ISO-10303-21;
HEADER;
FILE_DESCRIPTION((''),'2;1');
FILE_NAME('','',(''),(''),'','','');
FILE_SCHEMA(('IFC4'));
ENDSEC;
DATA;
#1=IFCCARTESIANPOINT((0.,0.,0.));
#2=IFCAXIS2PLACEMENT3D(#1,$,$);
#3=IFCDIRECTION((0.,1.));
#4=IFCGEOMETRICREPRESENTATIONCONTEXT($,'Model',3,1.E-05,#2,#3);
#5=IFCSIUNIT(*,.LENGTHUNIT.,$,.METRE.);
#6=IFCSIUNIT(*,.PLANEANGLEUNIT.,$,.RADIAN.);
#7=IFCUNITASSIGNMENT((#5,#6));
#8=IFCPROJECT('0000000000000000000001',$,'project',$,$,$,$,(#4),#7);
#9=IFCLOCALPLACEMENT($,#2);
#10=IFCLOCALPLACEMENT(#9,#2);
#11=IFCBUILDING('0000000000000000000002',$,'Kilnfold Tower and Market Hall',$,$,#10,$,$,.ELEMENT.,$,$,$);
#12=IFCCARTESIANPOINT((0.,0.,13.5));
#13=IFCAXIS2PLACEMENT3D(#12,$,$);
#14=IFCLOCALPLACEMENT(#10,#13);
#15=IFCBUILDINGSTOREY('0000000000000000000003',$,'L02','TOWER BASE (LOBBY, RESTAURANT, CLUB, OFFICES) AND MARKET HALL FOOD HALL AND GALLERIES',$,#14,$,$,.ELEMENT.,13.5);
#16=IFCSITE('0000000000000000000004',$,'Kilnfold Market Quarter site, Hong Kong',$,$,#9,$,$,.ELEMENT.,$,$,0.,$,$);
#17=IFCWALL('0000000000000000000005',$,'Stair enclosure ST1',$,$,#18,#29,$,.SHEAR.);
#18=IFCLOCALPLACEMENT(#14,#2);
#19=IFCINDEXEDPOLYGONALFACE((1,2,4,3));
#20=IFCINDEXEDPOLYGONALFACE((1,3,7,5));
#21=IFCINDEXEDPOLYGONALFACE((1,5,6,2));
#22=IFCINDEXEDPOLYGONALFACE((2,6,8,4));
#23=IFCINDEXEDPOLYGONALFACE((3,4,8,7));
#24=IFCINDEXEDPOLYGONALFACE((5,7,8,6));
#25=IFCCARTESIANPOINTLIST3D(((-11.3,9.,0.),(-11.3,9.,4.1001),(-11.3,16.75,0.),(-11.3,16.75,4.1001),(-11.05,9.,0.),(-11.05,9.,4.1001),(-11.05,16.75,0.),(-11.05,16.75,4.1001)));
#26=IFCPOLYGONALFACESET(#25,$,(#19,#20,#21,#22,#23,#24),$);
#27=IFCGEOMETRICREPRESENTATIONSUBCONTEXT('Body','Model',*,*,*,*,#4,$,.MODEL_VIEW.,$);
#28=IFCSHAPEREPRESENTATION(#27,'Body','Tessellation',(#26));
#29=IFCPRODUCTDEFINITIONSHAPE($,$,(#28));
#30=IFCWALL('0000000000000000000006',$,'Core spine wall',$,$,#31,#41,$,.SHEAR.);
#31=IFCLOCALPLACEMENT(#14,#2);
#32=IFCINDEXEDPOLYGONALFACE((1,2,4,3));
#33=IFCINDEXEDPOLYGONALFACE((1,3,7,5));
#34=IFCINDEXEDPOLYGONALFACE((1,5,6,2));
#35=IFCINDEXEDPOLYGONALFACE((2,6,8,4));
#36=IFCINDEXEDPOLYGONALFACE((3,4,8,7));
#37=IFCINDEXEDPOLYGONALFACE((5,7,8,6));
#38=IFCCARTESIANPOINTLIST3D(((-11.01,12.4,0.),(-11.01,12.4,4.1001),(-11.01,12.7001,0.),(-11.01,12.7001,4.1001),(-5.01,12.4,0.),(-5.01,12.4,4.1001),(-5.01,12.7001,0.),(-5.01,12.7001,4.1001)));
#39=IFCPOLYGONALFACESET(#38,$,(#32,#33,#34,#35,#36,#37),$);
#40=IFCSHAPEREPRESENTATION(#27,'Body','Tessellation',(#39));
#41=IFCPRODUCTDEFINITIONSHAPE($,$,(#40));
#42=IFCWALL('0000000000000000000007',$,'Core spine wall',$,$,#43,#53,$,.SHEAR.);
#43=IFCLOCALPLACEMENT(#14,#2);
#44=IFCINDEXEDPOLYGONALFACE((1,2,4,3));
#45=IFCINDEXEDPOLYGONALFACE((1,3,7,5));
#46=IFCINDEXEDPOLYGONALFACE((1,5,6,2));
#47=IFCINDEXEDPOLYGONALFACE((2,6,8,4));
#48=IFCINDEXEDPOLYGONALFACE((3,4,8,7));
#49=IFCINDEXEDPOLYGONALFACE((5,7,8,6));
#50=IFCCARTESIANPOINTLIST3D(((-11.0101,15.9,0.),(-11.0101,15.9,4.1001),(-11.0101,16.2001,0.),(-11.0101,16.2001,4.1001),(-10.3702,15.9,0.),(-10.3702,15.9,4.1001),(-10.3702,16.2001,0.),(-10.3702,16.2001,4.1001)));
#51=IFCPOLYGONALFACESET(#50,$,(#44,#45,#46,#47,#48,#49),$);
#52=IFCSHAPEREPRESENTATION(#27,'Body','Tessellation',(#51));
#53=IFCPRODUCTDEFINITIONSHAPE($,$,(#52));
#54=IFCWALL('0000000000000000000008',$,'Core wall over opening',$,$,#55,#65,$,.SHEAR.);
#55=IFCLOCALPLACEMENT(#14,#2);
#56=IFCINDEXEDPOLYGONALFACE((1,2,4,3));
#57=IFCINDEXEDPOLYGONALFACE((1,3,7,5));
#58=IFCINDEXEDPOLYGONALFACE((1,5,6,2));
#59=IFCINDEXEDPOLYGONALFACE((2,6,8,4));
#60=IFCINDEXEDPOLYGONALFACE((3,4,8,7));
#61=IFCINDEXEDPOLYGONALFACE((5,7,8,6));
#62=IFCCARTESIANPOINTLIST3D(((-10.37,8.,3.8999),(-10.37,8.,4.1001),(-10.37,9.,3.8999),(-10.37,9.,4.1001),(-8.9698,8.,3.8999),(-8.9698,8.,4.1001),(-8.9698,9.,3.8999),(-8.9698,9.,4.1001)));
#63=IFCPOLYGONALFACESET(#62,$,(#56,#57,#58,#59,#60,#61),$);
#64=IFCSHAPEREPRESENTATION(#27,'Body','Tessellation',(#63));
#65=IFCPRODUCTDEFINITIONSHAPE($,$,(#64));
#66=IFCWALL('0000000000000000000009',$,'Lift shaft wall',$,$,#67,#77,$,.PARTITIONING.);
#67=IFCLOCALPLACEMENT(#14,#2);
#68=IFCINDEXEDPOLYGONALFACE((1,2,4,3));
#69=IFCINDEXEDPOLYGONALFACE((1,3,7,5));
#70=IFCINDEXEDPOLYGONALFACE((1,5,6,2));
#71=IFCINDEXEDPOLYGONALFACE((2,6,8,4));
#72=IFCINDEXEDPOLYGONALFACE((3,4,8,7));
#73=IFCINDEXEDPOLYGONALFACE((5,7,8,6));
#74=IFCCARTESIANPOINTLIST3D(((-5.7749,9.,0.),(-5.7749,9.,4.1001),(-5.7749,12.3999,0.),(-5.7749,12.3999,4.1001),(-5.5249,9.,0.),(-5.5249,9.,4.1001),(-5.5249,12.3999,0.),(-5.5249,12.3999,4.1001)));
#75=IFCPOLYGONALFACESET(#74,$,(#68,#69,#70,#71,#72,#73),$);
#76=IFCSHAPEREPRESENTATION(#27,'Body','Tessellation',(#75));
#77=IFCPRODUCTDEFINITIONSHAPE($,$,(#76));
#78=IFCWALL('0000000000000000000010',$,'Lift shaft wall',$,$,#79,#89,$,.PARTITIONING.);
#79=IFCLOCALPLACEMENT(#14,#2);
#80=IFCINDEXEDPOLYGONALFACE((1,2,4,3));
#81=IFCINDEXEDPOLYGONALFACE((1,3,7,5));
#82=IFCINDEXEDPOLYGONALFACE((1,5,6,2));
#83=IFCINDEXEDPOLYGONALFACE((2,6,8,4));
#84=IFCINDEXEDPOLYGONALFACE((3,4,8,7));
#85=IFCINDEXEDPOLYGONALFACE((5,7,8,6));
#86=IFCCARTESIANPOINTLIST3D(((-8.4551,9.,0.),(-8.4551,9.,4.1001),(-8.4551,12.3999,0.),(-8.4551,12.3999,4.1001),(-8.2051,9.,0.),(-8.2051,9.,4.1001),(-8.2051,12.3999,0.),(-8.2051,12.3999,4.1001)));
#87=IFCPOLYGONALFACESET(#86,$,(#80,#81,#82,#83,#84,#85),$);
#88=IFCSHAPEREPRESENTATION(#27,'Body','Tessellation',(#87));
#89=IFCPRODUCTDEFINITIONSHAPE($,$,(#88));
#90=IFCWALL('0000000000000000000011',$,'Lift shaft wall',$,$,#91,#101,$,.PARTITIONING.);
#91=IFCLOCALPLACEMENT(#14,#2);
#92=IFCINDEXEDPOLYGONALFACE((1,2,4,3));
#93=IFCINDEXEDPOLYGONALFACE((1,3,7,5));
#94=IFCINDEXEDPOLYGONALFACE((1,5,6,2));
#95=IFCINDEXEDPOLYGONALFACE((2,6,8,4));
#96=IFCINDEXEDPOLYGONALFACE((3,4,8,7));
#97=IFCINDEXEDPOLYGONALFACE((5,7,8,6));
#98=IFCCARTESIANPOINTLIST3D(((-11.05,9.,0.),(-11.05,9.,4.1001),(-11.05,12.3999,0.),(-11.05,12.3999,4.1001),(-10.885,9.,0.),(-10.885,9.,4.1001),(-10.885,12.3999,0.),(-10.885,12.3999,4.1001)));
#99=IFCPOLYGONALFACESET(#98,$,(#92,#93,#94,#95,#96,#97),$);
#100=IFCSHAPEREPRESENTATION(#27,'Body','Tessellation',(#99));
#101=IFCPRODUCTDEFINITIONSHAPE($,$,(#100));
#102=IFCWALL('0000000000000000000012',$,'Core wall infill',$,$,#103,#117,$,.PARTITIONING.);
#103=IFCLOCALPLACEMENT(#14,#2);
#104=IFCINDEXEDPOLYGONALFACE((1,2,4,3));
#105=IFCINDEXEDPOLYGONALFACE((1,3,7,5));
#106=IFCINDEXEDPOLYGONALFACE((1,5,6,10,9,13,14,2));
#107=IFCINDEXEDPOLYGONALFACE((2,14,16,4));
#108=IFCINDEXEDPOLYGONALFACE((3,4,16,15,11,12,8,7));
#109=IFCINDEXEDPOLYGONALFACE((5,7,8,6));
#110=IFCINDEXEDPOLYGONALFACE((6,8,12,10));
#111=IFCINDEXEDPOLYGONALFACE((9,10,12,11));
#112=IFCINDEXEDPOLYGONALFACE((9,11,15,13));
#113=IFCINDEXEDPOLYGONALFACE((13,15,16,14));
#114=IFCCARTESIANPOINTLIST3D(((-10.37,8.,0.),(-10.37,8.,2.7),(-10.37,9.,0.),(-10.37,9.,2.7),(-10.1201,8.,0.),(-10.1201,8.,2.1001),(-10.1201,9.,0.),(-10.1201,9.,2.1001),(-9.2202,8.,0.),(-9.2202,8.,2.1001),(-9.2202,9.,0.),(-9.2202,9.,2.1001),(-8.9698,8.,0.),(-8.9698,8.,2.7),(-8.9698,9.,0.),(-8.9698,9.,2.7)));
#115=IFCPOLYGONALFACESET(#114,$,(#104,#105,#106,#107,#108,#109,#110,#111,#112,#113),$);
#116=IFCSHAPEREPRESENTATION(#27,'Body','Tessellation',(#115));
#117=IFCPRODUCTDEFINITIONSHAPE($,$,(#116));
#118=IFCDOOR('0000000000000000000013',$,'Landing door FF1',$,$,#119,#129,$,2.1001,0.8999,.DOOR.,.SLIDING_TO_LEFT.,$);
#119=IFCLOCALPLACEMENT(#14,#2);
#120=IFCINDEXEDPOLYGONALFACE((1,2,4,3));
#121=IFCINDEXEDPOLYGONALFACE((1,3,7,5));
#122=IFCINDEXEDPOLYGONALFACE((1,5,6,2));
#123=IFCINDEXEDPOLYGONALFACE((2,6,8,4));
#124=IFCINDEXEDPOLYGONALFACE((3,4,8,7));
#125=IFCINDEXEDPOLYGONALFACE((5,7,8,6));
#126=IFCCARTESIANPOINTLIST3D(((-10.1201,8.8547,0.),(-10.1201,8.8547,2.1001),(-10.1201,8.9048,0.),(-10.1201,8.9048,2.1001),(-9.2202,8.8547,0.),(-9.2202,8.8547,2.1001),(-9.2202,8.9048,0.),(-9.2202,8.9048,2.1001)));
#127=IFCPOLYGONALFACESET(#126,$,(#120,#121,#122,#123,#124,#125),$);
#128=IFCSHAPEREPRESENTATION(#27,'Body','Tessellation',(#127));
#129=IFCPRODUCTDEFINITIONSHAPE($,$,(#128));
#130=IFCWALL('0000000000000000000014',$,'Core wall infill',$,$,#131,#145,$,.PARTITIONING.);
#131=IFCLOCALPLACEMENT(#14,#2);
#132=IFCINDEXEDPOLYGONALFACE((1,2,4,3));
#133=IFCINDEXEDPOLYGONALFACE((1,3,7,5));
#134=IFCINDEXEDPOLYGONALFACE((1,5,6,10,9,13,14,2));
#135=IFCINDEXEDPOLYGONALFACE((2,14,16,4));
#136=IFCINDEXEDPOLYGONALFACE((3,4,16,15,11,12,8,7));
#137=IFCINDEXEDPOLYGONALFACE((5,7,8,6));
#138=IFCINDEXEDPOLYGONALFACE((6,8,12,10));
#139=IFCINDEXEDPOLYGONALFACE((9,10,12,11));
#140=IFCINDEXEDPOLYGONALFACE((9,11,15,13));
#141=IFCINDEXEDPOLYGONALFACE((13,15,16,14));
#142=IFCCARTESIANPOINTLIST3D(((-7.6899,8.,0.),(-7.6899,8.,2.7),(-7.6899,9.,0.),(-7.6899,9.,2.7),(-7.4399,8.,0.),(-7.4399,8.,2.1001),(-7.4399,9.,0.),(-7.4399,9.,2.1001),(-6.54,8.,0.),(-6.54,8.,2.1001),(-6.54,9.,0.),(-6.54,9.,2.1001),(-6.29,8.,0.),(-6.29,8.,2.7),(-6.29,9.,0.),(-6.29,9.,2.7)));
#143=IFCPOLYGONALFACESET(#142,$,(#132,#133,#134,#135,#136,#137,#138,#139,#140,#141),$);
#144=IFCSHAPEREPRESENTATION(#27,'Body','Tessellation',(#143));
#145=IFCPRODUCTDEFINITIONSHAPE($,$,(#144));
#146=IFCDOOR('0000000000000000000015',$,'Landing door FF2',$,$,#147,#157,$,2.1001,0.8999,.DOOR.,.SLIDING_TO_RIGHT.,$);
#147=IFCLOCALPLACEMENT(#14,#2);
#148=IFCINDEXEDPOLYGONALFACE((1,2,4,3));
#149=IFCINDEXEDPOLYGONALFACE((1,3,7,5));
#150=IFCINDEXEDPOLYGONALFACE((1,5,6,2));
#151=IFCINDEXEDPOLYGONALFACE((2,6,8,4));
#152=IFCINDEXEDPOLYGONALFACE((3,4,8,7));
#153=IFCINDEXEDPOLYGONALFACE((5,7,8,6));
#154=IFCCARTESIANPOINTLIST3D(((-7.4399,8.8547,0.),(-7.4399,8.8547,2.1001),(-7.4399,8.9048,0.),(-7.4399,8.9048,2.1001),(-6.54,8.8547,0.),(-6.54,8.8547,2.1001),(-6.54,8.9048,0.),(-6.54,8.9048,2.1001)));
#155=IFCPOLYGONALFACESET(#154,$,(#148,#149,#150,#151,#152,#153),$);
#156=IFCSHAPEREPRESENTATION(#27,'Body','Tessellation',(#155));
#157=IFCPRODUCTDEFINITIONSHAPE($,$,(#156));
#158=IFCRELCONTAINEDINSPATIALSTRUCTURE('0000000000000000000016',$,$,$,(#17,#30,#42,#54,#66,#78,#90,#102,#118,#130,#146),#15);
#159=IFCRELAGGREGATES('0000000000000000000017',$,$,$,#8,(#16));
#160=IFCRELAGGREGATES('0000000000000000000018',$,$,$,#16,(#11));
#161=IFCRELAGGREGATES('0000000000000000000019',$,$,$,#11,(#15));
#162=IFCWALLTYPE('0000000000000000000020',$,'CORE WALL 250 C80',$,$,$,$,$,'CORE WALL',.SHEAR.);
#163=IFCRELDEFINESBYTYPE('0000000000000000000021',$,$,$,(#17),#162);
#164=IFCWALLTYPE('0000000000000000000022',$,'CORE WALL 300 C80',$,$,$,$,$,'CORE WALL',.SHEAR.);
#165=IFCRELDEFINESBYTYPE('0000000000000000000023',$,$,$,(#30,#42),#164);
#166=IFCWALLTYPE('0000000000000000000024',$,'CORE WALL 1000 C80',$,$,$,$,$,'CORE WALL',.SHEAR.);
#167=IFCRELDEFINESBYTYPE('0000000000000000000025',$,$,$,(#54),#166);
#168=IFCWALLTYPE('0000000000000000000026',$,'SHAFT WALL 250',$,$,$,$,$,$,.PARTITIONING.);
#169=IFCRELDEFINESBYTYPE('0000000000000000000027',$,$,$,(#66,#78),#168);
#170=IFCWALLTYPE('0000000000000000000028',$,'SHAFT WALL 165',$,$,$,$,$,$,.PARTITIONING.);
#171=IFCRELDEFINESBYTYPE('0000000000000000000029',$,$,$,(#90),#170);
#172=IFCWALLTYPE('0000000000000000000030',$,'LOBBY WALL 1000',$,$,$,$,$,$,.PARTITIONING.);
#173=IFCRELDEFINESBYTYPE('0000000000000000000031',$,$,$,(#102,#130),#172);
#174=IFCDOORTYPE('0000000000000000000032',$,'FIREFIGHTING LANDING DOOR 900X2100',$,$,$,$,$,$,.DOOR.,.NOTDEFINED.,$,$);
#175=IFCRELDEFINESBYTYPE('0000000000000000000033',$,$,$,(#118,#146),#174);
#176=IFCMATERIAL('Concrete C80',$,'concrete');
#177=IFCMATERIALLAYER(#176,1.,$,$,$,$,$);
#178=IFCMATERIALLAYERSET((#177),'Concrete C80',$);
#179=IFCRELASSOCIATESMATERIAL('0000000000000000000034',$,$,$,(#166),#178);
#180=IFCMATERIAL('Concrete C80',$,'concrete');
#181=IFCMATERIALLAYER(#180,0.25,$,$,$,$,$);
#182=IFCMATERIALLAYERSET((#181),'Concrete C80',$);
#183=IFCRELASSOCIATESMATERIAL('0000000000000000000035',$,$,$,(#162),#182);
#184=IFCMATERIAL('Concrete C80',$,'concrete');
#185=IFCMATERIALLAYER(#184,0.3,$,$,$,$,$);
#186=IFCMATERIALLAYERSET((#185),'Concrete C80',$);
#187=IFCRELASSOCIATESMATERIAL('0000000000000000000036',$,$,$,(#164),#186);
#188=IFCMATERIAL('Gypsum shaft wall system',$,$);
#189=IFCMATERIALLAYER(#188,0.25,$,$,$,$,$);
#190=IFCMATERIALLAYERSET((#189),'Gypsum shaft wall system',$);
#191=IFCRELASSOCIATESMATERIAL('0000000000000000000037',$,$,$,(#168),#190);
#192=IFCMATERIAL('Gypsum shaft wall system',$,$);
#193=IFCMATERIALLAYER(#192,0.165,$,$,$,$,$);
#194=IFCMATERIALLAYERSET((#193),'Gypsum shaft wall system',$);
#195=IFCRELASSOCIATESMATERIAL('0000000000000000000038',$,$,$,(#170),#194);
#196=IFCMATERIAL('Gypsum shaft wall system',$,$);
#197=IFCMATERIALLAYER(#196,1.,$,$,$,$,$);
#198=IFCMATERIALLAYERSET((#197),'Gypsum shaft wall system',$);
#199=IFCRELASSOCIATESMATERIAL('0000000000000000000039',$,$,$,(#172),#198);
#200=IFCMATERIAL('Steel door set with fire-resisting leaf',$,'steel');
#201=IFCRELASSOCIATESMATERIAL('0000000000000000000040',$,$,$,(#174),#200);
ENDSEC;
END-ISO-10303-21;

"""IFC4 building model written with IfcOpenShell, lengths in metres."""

from ifc_helpers import new_model, si_unit, direction, frame, frame_2d, origin, place, context, subcontext, project, spatial, rectangle, extrude, source, transform, mapped, material, layer, layer_set, type_object, element, fill, save


model = new_model("IFC4")

# Units and contexts
model_context = context("Model", 3, precision=1e-05, world=origin(), true_north=direction((0.0, 1.0)))
body_context = subcontext(model_context, "Body", "Model", "MODEL_VIEW")
ifc_project = project(units=[si_unit("LENGTHUNIT", "METRE"), si_unit("PLANEANGLEUNIT", "RADIAN")], contexts=[model_context])

# Site, building, storey
site_placement = place(None, origin())
site = spatial("IfcSite", under=ifc_project, at=site_placement, Name="Kilnfold Market Quarter site, Hong Kong", CompositionType="ELEMENT", RefElevation=0.0)
building_placement = place(site_placement, origin())
building = spatial("IfcBuilding", under=site, at=building_placement, Name="Kilnfold Tower and Market Hall", CompositionType="ELEMENT")
storey_placement = place(building_placement, frame((0.0, 0.0, 13.5)))
storey = spatial("IfcBuildingStorey", under=building, at=storey_placement, Name="L02", Description="TOWER BASE (LOBBY, RESTAURANT, CLUB, OFFICES) AND MARKET HALL FOOD HALL AND GALLERIES", CompositionType="ELEMENT", Elevation=13.5)

# Shared definitions
ifc_material_1 = material(Name="Concrete C80", Category="concrete")
ifc_layer_1 = layer(ifc_material_1, 1.0)
ifc_layer_set_1 = layer_set([ifc_layer_1], Name="Concrete C80")
wall_type_1 = type_object("IfcWallType", Name="CORE WALL 1000 C80", ElementType="CORE WALL", PredefinedType="SHEAR", material=ifc_layer_set_1)

# Walls
ifc_material_2 = material(Name="Concrete C80", Category="concrete")
ifc_layer_2 = layer(ifc_material_2, 0.25)
ifc_layer_set_2 = layer_set([ifc_layer_2], Name="Concrete C80")
wall_type_2 = type_object("IfcWallType", Name="CORE WALL 250 C80", ElementType="CORE WALL", PredefinedType="SHEAR", material=ifc_layer_set_2)
shared_shape_1 = source(origin(), body_context, "Body", "SweptSolid", [
    extrude(rectangle(XDim=7.75, YDim=0.25, at=frame_2d((3.875, 0.0))), origin(), (0.0, 0.0, 1.0), 4.1001),
])
wall_1_placement = place(storey_placement, frame((-11.175, 9.0, 0.0), z_axis=(0.0, 0.0, 1.0), x_axis=(0.0, 1.0, 0.0)))
element("IfcWall", 1, at=wall_1_placement, inside=storey, type_object=wall_type_2, Name="Stair enclosure ST1", PredefinedType="SHEAR", context=body_context, shape_type="MappedRepresentation", body=[
    mapped(shared_shape_1, transform((0.0, 0.0, 0.0))),
])
ifc_material_3 = material(Name="Concrete C80", Category="concrete")
ifc_layer_3 = layer(ifc_material_3, 0.3)
ifc_layer_set_3 = layer_set([ifc_layer_3], Name="Concrete C80")
wall_type_3 = type_object("IfcWallType", Name="CORE WALL 300 C80", ElementType="CORE WALL", PredefinedType="SHEAR", material=ifc_layer_set_3)
shared_shape_2 = source(origin(), body_context, "Body", "SweptSolid", [
    extrude(rectangle(XDim=6.0, YDim=0.3, at=frame_2d((3.0, 0.0))), origin(), (0.0, 0.0, 1.0), 4.1001),
])
wall_2_placement = place(storey_placement, frame((-11.01, 12.55, 0.0), z_axis=(0.0, 0.0, 1.0), x_axis=(1.0, 0.0, 0.0)))
element("IfcWall", 2, at=wall_2_placement, inside=storey, type_object=wall_type_3, Name="Core spine wall", PredefinedType="SHEAR", context=body_context, shape_type="MappedRepresentation", body=[
    mapped(shared_shape_2, transform((0.0, 0.0, 0.0))),
])
shared_shape_3 = source(origin(), body_context, "Body", "SweptSolid", [
    extrude(rectangle(XDim=0.6399, YDim=0.3, at=frame_2d((0.3198, 0.0))), origin(), (0.0, 0.0, 1.0), 4.1001),
])
wall_3_placement = place(storey_placement, frame((-11.01, 16.05, 0.0), z_axis=(0.0, 0.0, 1.0), x_axis=(1.0, 0.0, 0.0)))
element("IfcWall", 3, at=wall_3_placement, inside=storey, type_object=wall_type_3, Name="Core spine wall", PredefinedType="SHEAR", context=body_context, shape_type="MappedRepresentation", body=[
    mapped(shared_shape_3, transform((0.0, 0.0, 0.0))),
])
shared_shape_4 = source(origin(), body_context, "Body", "SweptSolid", [
    extrude(rectangle(XDim=1.4001, YDim=1.0, at=frame_2d((0.7002, 0.0))), origin(), (0.0, 0.0, 1.0), 0.2002),
])
wall_4_placement = place(storey_placement, frame((-10.3701, 8.5, 3.8999), z_axis=(0.0, 0.0, 1.0), x_axis=(1.0, 0.0, 0.0)))
element("IfcWall", 4, at=wall_4_placement, inside=storey, type_object=wall_type_1, Name="Core wall over opening", PredefinedType="SHEAR", context=body_context, shape_type="MappedRepresentation", body=[
    mapped(shared_shape_4, transform((0.0, 0.0, 0.0))),
])
ifc_material_4 = material(Name="Gypsum shaft wall system")
ifc_layer_4 = layer(ifc_material_4, 0.25)
ifc_layer_set_4 = layer_set([ifc_layer_4], Name="Gypsum shaft wall system")
wall_type_4 = type_object("IfcWallType", Name="SHAFT WALL 250", PredefinedType="PARTITIONING", material=ifc_layer_set_4)
shared_shape_5 = source(origin(), body_context, "Body", "SweptSolid", [
    extrude(rectangle(XDim=3.3999, YDim=0.25, at=frame_2d((1.7, 0.0))), origin(), (0.0, 0.0, 1.0), 4.1001),
])
for number, where, z_axis, x_axis, name in (
    (5, (-5.6499, 9.0, 0.0), (0.0, 0.0, 1.0), (0.0, 1.0, 0.0), "Lift shaft wall"),
    (6, (-8.3301, 9.0, 0.0), (0.0, 0.0, 1.0), (0.0, 1.0, 0.0), "Lift shaft wall"),
):
    element("IfcWall", number, at=place(storey_placement, frame(where, z_axis=z_axis, x_axis=x_axis)), inside=storey, type_object=wall_type_4, Name=name, PredefinedType="PARTITIONING", context=body_context, shape_type="MappedRepresentation", body=[
        mapped(shared_shape_5, transform((0.0, 0.0, 0.0))),
    ])
ifc_material_5 = material(Name="Gypsum shaft wall system")
ifc_layer_5 = layer(ifc_material_5, 0.165)
ifc_layer_set_5 = layer_set([ifc_layer_5], Name="Gypsum shaft wall system")
wall_type_5 = type_object("IfcWallType", Name="SHAFT WALL 165", PredefinedType="PARTITIONING", material=ifc_layer_set_5)
shared_shape_6 = source(origin(), body_context, "Body", "SweptSolid", [
    extrude(rectangle(XDim=3.3999, YDim=0.165, at=frame_2d((1.7, 0.0))), origin(), (0.0, 0.0, 1.0), 4.1001),
])
wall_5_placement = place(storey_placement, frame((-10.9675, 9.0, 0.0), z_axis=(0.0, 0.0, 1.0), x_axis=(0.0, 1.0, 0.0)))
element("IfcWall", 7, at=wall_5_placement, inside=storey, type_object=wall_type_5, Name="Lift shaft wall", PredefinedType="PARTITIONING", context=body_context, shape_type="MappedRepresentation", body=[
    mapped(shared_shape_6, transform((0.0, 0.0, 0.0))),
])

# Walls, openings, doors
ifc_material_6 = material(Name="Gypsum shaft wall system")
ifc_layer_6 = layer(ifc_material_6, 1.0)
ifc_layer_set_6 = layer_set([ifc_layer_6], Name="Gypsum shaft wall system")
wall_type_6 = type_object("IfcWallType", Name="LOBBY WALL 1000", PredefinedType="PARTITIONING", material=ifc_layer_set_6)
shared_shape_7 = source(origin(), body_context, "Body", "SweptSolid", [
    extrude(rectangle(XDim=1.4001, YDim=1.0, at=frame_2d((0.7002, 0.0))), origin(), (0.0, 0.0, 1.0), 2.7),
])
wall_6_placement = place(storey_placement, frame((-10.3701, 8.5, 0.0), z_axis=(0.0, 0.0, 1.0), x_axis=(1.0, 0.0, 0.0)))
wall_6 = element("IfcWall", 8, at=wall_6_placement, inside=storey, type_object=wall_type_6, Name="Core wall infill", PredefinedType="PARTITIONING", context=body_context, shape_type="MappedRepresentation", body=[
    mapped(shared_shape_7, transform((0.0, 0.0, 0.0))),
])
opening_1_placement = place(wall_6_placement, frame((0.25, 0.0, 0.0)))
opening_1 = element("IfcOpeningElement", 9, at=opening_1_placement, cuts=wall_6, PredefinedType="OPENING", context=body_context, shape_type="SweptSolid", body=[
    extrude(rectangle(XDim=0.8999, YDim=2.1001, at=frame_2d((0.45, 1.05))), frame((0.0, 0.51, 0.0), z_axis=(0.0, -1.0, 0.0), x_axis=(1.0, 0.0, 0.0)), (0.0, 0.0, 1.0), 1.02),
])
ifc_material_7 = material(Name="Steel door set with fire-resisting leaf", Category="steel")
door_type_1 = type_object("IfcDoorType", Name="FIREFIGHTING LANDING DOOR 900X2100", OperationType="NOTDEFINED", PredefinedType="DOOR", material=ifc_material_7)
door_1_placement = place(opening_1_placement, origin())
door_1 = element("IfcDoor", 10, at=door_1_placement, inside=storey, type_object=door_type_1, Name="Landing door FF1", OperationType="SLIDING_TO_LEFT", OverallHeight=2.1001, OverallWidth=0.8999, PredefinedType="DOOR", context=body_context, shape_type="SweptSolid", body=[
    extrude(rectangle(XDim=0.8999, YDim=2.1001, at=frame_2d((0.45, 1.05))), frame((0.0, 0.4048, 0.0), z_axis=(0.0, -1.0, 0.0), x_axis=(1.0, 0.0, 0.0)), (0.0, 0.0, 1.0), 0.05),
])
fill(opening_1, door_1)
shared_shape_8 = source(origin(), body_context, "Body", "SweptSolid", [
    extrude(rectangle(XDim=1.3999, YDim=1.0, at=frame_2d((0.7, 0.0))), origin(), (0.0, 0.0, 1.0), 2.7),
])
wall_7_placement = place(storey_placement, frame((-7.6899, 8.5, 0.0), z_axis=(0.0, 0.0, 1.0), x_axis=(1.0, 0.0, 0.0)))
wall_7 = element("IfcWall", 11, at=wall_7_placement, inside=storey, type_object=wall_type_6, Name="Core wall infill", PredefinedType="PARTITIONING", context=body_context, shape_type="MappedRepresentation", body=[
    mapped(shared_shape_8, transform((0.0, 0.0, 0.0))),
])
opening_2_placement = place(wall_7_placement, frame((0.25, 0.0, 0.0)))
opening_2 = element("IfcOpeningElement", 12, at=opening_2_placement, cuts=wall_7, PredefinedType="OPENING", context=body_context, shape_type="SweptSolid", body=[
    extrude(rectangle(XDim=0.8999, YDim=2.1001, at=frame_2d((0.45, 1.05))), frame((0.0, 0.51, 0.0), z_axis=(0.0, -1.0, 0.0), x_axis=(1.0, 0.0, 0.0)), (0.0, 0.0, 1.0), 1.02),
])
door_2_placement = place(opening_2_placement, origin())
door_2 = element("IfcDoor", 13, at=door_2_placement, inside=storey, type_object=door_type_1, Name="Landing door FF2", OperationType="SLIDING_TO_RIGHT", OverallHeight=2.1001, OverallWidth=0.8999, PredefinedType="DOOR", context=body_context, shape_type="SweptSolid", body=[
    extrude(rectangle(XDim=0.8999, YDim=2.1001, at=frame_2d((0.45, 1.05))), frame((0.0, 0.4048, 0.0), z_axis=(0.0, -1.0, 0.0), x_axis=(1.0, 0.0, 0.0)), (0.0, 0.0, 1.0), 0.05),
])
fill(opening_2, door_2)

save(model, "model.ifc")
